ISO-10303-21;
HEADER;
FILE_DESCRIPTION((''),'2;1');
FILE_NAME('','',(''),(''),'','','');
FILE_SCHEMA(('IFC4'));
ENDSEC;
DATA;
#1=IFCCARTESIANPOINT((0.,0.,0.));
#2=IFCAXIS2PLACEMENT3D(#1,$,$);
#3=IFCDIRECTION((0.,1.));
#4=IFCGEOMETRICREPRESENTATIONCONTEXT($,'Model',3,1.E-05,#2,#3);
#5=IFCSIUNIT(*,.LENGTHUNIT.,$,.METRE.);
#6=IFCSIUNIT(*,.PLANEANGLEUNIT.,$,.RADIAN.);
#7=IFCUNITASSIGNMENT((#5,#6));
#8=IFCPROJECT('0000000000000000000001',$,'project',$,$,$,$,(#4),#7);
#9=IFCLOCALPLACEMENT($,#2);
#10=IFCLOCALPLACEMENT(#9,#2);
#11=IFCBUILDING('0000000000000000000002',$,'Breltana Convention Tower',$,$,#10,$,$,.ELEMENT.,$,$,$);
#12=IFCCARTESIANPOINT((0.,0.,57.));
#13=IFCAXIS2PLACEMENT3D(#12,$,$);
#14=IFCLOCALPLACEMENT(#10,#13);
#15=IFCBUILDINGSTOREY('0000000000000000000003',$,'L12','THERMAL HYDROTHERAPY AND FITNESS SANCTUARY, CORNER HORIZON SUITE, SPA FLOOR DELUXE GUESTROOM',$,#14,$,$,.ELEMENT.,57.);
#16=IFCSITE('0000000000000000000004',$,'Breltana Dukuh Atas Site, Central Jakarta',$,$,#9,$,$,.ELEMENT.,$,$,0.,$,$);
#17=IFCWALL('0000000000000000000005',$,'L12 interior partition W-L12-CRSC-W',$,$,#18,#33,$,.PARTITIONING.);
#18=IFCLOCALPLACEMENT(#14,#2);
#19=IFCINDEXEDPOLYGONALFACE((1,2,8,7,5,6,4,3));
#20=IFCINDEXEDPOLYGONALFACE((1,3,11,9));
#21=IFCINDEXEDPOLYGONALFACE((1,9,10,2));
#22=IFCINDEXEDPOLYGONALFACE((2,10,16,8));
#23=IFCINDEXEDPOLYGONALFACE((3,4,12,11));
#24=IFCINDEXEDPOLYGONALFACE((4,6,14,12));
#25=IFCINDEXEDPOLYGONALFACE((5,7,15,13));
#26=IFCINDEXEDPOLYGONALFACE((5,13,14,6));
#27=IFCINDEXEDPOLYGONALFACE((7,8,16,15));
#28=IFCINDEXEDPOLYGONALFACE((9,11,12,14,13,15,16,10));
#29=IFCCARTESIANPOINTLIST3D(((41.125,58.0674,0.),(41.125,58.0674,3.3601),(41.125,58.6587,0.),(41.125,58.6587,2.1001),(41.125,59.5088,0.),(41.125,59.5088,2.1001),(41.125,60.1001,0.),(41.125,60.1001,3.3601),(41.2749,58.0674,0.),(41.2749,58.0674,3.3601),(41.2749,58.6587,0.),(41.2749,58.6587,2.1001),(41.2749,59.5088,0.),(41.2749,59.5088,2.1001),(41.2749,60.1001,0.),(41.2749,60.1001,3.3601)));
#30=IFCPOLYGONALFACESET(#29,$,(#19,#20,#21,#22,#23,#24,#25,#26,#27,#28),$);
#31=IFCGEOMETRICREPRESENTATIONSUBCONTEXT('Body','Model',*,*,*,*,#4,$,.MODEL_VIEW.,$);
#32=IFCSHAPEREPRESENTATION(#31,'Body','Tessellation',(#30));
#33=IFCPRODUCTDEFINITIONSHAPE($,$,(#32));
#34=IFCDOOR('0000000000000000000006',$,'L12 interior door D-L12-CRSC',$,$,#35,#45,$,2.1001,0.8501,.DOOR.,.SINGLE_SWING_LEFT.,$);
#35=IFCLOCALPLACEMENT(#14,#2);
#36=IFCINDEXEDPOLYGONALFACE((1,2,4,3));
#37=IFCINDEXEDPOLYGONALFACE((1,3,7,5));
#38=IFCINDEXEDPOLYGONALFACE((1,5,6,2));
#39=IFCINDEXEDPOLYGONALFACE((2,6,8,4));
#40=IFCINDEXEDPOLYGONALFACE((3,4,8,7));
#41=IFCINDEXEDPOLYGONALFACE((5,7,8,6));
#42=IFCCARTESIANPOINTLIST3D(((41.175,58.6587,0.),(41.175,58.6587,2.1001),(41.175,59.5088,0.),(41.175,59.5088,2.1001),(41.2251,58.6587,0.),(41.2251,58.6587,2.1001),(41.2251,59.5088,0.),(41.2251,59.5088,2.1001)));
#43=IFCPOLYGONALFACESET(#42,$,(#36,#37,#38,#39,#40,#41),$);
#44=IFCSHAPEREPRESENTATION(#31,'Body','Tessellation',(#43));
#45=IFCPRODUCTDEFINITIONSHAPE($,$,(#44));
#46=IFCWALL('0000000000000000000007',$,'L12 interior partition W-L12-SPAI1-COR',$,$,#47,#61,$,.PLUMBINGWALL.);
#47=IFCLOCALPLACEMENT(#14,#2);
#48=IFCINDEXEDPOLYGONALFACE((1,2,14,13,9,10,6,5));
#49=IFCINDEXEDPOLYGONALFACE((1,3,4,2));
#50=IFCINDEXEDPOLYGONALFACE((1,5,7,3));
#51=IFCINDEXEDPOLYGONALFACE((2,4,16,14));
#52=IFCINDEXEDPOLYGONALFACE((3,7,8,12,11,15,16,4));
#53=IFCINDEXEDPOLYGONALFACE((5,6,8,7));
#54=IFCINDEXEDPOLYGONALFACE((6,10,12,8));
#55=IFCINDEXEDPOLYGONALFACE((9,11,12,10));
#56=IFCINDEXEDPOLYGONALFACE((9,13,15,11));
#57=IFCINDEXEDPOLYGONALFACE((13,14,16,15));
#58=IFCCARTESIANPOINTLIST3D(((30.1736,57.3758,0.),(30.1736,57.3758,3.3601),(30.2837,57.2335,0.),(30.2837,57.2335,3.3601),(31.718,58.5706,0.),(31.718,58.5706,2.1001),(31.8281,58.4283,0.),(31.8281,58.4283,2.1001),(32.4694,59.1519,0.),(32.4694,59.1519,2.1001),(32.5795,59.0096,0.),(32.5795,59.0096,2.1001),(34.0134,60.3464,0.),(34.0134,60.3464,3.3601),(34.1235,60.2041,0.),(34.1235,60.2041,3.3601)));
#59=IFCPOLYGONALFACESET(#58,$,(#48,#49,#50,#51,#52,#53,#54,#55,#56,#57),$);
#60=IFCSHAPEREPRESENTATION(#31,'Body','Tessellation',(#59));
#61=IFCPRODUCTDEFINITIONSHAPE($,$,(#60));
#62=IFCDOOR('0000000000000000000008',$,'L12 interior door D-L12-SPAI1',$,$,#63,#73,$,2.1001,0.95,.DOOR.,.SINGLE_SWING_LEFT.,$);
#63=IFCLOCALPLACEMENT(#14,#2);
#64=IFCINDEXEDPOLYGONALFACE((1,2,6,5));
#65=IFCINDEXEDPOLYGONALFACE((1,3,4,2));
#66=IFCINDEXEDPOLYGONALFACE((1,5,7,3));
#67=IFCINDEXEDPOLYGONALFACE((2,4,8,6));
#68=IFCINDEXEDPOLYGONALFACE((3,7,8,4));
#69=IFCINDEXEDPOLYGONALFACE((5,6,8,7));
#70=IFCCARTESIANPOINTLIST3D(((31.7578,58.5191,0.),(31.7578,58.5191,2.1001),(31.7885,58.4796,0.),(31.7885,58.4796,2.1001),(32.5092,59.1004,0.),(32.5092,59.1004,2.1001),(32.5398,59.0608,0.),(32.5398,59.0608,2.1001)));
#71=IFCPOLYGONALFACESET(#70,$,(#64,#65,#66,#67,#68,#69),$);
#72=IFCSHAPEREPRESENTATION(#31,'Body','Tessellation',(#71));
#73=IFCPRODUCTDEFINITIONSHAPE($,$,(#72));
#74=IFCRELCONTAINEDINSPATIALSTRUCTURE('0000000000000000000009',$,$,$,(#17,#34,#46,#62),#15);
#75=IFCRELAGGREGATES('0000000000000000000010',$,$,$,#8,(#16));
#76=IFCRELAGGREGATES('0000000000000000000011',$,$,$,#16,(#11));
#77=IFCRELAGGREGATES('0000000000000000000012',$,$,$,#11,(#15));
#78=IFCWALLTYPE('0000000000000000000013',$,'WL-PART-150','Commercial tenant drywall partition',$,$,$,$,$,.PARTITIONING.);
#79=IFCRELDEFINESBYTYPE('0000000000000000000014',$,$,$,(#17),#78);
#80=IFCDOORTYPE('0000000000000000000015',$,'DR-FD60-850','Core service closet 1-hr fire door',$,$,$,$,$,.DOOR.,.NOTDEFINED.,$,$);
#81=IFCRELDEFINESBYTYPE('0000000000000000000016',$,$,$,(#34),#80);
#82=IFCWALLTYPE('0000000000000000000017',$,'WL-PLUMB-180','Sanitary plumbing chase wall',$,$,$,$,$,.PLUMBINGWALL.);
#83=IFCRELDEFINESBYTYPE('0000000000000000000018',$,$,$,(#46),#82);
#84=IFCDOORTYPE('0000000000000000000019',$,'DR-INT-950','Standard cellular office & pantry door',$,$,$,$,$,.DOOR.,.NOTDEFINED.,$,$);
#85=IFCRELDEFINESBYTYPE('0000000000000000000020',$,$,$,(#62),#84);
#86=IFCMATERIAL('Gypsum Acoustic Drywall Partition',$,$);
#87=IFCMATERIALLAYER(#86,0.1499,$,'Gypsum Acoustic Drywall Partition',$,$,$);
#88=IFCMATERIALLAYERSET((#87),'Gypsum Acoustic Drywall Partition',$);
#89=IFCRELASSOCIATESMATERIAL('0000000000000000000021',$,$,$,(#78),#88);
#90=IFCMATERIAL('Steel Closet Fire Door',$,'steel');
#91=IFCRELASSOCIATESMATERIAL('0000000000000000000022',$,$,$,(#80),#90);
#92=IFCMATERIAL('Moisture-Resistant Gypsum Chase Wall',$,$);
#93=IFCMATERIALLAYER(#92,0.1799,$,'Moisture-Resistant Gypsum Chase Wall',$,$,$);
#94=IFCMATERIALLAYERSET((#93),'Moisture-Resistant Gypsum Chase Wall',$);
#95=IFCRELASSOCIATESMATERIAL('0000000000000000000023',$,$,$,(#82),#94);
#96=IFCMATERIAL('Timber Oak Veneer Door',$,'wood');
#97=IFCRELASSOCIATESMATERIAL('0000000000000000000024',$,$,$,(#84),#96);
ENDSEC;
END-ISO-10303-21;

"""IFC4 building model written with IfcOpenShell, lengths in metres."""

from ifc_helpers import new_model, si_unit, direction, frame, frame_2d, origin, place, context, subcontext, project, spatial, rectangle, extrude, source, transform, mapped, material, layer, layer_set, type_object, type_shapes, element, fill, save


model = new_model("IFC4")

# Units and contexts
model_context = context("Model", 3, precision=1e-05, world=origin(), true_north=direction((0.0, 1.0)))
body_context = subcontext(model_context, "Body", "Model", "MODEL_VIEW")
ifc_project = project(units=[si_unit("LENGTHUNIT", "METRE"), si_unit("PLANEANGLEUNIT", "RADIAN")], contexts=[model_context])

# Site, building, storey
site_placement = place(None, origin())
site = spatial("IfcSite", under=ifc_project, at=site_placement, Name="Breltana Dukuh Atas Site, Central Jakarta", CompositionType="ELEMENT", RefElevation=0.0)
building_placement = place(site_placement, origin())
building = spatial("IfcBuilding", under=site, at=building_placement, Name="Breltana Convention Tower", CompositionType="ELEMENT")
storey_placement = place(building_placement, frame((0.0, 0.0, 57.0)))
storey = spatial("IfcBuildingStorey", under=building, at=storey_placement, Name="L12", Description="THERMAL HYDROTHERAPY AND FITNESS SANCTUARY, CORNER HORIZON SUITE, SPA FLOOR DELUXE GUESTROOM", CompositionType="ELEMENT", Elevation=57.0)

# Shared definitions
ifc_material_1 = material(Name="Gypsum Acoustic Drywall Partition")
ifc_layer_1 = layer(ifc_material_1, 0.1499, Name="Gypsum Acoustic Drywall Partition")
ifc_layer_set_1 = layer_set([ifc_layer_1], Name="Gypsum Acoustic Drywall Partition")
wall_type_1 = type_object("IfcWallType", Name="WL-PART-150", Description="Commercial tenant drywall partition", PredefinedType="PARTITIONING", material=ifc_layer_set_1)

# Walls, openings, doors
shared_shape_1 = source(origin(), body_context, "Body", "SweptSolid", [
    extrude(rectangle(XDim=2.0327, YDim=0.1499, at=frame_2d((1.0164, 0.0))), origin(), (0.0, 0.0, 1.0), 3.3601),
])
wall_1_placement = place(storey_placement, frame((41.2, 58.0674, 0.0), z_axis=(0.0, 0.0, 1.0), x_axis=(0.0, 1.0, 0.0)))
wall_1 = element("IfcWall", 1, at=wall_1_placement, inside=storey, type_object=wall_type_1, Name="L12 interior partition W-L12-CRSC-W", PredefinedType="PARTITIONING", context=body_context, shape_type="MappedRepresentation", body=[
    mapped(shared_shape_1, transform((0.0, 0.0, 0.0), scale=1.0)),
])
opening_1_placement = place(wall_1_placement, frame((0.5913, 0.0, 0.0)))
opening_1 = element("IfcOpeningElement", 2, at=opening_1_placement, cuts=wall_1, PredefinedType="OPENING", context=body_context, shape_type="SweptSolid", body=[
    extrude(rectangle(XDim=0.8501, YDim=2.1001, at=frame_2d((0.425, 1.05))), frame((0.0, 0.085, 0.0), z_axis=(0.0, -1.0, 0.0), x_axis=(1.0, 0.0, 0.0)), (0.0, 0.0, 1.0), 0.1699),
])
ifc_material_2 = material(Name="Steel Closet Fire Door", Category="steel")
door_type_1 = type_object("IfcDoorType", Name="DR-FD60-850", Description="Core service closet 1-hr fire door", OperationType="NOTDEFINED", PredefinedType="DOOR", material=ifc_material_2)
shared_shape_2 = source(origin(), body_context, "Body", "SweptSolid", [
    extrude(rectangle(XDim=0.8501, YDim=2.1001, at=frame_2d((0.425, 1.05))), frame((0.0, 0.0249, 0.0), z_axis=(0.0, -1.0, 0.0), x_axis=(1.0, 0.0, 0.0)), (0.0, 0.0, 1.0), 0.05),
])
type_shapes(door_type_1, [shared_shape_2])
door_1_placement = place(opening_1_placement, origin())
door_1 = element("IfcDoor", 3, at=door_1_placement, inside=storey, type_object=door_type_1, Name="L12 interior door D-L12-CRSC", OperationType="SINGLE_SWING_LEFT", OverallHeight=2.1001, OverallWidth=0.8501, PredefinedType="DOOR", context=body_context, shape_type="MappedRepresentation", body=[
    mapped(shared_shape_2, transform((0.0, 0.0, 0.0), scale=1.0)),
])
fill(opening_1, door_1)
ifc_material_3 = material(Name="Moisture-Resistant Gypsum Chase Wall")
ifc_layer_2 = layer(ifc_material_3, 0.1799, Name="Moisture-Resistant Gypsum Chase Wall")
ifc_layer_set_2 = layer_set([ifc_layer_2], Name="Moisture-Resistant Gypsum Chase Wall")
wall_type_2 = type_object("IfcWallType", Name="WL-PLUMB-180", Description="Sanitary plumbing chase wall", PredefinedType="PLUMBINGWALL", material=ifc_layer_set_2)
shared_shape_3 = source(origin(), body_context, "Body", "SweptSolid", [
    extrude(rectangle(XDim=4.8547, YDim=0.1799, at=frame_2d((2.4272, 0.0))), origin(), (0.0, 0.0, 1.0), 3.3601),
])
wall_2_placement = place(storey_placement, frame((30.2288, 57.3047, 0.0), z_axis=(0.0, 0.0, 1.0), x_axis=(0.790931, 0.611905, 0.0)))
wall_2 = element("IfcWall", 4, at=wall_2_placement, inside=storey, type_object=wall_type_2, Name="L12 interior partition W-L12-SPAI1-COR", PredefinedType="PLUMBINGWALL", context=body_context, shape_type="MappedRepresentation", body=[
    mapped(shared_shape_3, transform((0.0, 0.0, 0.0), scale=1.0)),
])
opening_2_placement = place(wall_2_placement, frame((1.9524, 0.0, 0.0)))
opening_2 = element("IfcOpeningElement", 5, at=opening_2_placement, cuts=wall_2, PredefinedType="OPENING", context=body_context, shape_type="SweptSolid", body=[
    extrude(rectangle(XDim=0.95, YDim=2.1001, at=frame_2d((0.4751, 1.05))), frame((0.0, 0.1001, 0.0), z_axis=(0.0, -1.0, 0.0), x_axis=(1.0, 0.0, 0.0)), (0.0, 0.0, 1.0), 0.2),
])
ifc_material_4 = material(Name="Timber Oak Veneer Door", Category="wood")
door_type_2 = type_object("IfcDoorType", Name="DR-INT-950", Description="Standard cellular office & pantry door", OperationType="NOTDEFINED", PredefinedType="DOOR", material=ifc_material_4)
shared_shape_4 = source(origin(), body_context, "Body", "SweptSolid", [
    extrude(rectangle(XDim=0.95, YDim=2.1001, at=frame_2d((0.4751, 1.05))), frame((0.0, 0.0249, 0.0), z_axis=(0.0, -1.0, 0.0), x_axis=(1.0, 0.0, 0.0)), (0.0, 0.0, 1.0), 0.05),
])
type_shapes(door_type_2, [shared_shape_4])
door_2_placement = place(opening_2_placement, origin())
door_2 = element("IfcDoor", 6, at=door_2_placement, inside=storey, type_object=door_type_2, Name="L12 interior door D-L12-SPAI1", OperationType="SINGLE_SWING_LEFT", OverallHeight=2.1001, OverallWidth=0.95, PredefinedType="DOOR", context=body_context, shape_type="MappedRepresentation", body=[
    mapped(shared_shape_4, transform((0.0, 0.0, 0.0), scale=1.0)),
])
fill(opening_2, door_2)

save(model, "model.ifc")
